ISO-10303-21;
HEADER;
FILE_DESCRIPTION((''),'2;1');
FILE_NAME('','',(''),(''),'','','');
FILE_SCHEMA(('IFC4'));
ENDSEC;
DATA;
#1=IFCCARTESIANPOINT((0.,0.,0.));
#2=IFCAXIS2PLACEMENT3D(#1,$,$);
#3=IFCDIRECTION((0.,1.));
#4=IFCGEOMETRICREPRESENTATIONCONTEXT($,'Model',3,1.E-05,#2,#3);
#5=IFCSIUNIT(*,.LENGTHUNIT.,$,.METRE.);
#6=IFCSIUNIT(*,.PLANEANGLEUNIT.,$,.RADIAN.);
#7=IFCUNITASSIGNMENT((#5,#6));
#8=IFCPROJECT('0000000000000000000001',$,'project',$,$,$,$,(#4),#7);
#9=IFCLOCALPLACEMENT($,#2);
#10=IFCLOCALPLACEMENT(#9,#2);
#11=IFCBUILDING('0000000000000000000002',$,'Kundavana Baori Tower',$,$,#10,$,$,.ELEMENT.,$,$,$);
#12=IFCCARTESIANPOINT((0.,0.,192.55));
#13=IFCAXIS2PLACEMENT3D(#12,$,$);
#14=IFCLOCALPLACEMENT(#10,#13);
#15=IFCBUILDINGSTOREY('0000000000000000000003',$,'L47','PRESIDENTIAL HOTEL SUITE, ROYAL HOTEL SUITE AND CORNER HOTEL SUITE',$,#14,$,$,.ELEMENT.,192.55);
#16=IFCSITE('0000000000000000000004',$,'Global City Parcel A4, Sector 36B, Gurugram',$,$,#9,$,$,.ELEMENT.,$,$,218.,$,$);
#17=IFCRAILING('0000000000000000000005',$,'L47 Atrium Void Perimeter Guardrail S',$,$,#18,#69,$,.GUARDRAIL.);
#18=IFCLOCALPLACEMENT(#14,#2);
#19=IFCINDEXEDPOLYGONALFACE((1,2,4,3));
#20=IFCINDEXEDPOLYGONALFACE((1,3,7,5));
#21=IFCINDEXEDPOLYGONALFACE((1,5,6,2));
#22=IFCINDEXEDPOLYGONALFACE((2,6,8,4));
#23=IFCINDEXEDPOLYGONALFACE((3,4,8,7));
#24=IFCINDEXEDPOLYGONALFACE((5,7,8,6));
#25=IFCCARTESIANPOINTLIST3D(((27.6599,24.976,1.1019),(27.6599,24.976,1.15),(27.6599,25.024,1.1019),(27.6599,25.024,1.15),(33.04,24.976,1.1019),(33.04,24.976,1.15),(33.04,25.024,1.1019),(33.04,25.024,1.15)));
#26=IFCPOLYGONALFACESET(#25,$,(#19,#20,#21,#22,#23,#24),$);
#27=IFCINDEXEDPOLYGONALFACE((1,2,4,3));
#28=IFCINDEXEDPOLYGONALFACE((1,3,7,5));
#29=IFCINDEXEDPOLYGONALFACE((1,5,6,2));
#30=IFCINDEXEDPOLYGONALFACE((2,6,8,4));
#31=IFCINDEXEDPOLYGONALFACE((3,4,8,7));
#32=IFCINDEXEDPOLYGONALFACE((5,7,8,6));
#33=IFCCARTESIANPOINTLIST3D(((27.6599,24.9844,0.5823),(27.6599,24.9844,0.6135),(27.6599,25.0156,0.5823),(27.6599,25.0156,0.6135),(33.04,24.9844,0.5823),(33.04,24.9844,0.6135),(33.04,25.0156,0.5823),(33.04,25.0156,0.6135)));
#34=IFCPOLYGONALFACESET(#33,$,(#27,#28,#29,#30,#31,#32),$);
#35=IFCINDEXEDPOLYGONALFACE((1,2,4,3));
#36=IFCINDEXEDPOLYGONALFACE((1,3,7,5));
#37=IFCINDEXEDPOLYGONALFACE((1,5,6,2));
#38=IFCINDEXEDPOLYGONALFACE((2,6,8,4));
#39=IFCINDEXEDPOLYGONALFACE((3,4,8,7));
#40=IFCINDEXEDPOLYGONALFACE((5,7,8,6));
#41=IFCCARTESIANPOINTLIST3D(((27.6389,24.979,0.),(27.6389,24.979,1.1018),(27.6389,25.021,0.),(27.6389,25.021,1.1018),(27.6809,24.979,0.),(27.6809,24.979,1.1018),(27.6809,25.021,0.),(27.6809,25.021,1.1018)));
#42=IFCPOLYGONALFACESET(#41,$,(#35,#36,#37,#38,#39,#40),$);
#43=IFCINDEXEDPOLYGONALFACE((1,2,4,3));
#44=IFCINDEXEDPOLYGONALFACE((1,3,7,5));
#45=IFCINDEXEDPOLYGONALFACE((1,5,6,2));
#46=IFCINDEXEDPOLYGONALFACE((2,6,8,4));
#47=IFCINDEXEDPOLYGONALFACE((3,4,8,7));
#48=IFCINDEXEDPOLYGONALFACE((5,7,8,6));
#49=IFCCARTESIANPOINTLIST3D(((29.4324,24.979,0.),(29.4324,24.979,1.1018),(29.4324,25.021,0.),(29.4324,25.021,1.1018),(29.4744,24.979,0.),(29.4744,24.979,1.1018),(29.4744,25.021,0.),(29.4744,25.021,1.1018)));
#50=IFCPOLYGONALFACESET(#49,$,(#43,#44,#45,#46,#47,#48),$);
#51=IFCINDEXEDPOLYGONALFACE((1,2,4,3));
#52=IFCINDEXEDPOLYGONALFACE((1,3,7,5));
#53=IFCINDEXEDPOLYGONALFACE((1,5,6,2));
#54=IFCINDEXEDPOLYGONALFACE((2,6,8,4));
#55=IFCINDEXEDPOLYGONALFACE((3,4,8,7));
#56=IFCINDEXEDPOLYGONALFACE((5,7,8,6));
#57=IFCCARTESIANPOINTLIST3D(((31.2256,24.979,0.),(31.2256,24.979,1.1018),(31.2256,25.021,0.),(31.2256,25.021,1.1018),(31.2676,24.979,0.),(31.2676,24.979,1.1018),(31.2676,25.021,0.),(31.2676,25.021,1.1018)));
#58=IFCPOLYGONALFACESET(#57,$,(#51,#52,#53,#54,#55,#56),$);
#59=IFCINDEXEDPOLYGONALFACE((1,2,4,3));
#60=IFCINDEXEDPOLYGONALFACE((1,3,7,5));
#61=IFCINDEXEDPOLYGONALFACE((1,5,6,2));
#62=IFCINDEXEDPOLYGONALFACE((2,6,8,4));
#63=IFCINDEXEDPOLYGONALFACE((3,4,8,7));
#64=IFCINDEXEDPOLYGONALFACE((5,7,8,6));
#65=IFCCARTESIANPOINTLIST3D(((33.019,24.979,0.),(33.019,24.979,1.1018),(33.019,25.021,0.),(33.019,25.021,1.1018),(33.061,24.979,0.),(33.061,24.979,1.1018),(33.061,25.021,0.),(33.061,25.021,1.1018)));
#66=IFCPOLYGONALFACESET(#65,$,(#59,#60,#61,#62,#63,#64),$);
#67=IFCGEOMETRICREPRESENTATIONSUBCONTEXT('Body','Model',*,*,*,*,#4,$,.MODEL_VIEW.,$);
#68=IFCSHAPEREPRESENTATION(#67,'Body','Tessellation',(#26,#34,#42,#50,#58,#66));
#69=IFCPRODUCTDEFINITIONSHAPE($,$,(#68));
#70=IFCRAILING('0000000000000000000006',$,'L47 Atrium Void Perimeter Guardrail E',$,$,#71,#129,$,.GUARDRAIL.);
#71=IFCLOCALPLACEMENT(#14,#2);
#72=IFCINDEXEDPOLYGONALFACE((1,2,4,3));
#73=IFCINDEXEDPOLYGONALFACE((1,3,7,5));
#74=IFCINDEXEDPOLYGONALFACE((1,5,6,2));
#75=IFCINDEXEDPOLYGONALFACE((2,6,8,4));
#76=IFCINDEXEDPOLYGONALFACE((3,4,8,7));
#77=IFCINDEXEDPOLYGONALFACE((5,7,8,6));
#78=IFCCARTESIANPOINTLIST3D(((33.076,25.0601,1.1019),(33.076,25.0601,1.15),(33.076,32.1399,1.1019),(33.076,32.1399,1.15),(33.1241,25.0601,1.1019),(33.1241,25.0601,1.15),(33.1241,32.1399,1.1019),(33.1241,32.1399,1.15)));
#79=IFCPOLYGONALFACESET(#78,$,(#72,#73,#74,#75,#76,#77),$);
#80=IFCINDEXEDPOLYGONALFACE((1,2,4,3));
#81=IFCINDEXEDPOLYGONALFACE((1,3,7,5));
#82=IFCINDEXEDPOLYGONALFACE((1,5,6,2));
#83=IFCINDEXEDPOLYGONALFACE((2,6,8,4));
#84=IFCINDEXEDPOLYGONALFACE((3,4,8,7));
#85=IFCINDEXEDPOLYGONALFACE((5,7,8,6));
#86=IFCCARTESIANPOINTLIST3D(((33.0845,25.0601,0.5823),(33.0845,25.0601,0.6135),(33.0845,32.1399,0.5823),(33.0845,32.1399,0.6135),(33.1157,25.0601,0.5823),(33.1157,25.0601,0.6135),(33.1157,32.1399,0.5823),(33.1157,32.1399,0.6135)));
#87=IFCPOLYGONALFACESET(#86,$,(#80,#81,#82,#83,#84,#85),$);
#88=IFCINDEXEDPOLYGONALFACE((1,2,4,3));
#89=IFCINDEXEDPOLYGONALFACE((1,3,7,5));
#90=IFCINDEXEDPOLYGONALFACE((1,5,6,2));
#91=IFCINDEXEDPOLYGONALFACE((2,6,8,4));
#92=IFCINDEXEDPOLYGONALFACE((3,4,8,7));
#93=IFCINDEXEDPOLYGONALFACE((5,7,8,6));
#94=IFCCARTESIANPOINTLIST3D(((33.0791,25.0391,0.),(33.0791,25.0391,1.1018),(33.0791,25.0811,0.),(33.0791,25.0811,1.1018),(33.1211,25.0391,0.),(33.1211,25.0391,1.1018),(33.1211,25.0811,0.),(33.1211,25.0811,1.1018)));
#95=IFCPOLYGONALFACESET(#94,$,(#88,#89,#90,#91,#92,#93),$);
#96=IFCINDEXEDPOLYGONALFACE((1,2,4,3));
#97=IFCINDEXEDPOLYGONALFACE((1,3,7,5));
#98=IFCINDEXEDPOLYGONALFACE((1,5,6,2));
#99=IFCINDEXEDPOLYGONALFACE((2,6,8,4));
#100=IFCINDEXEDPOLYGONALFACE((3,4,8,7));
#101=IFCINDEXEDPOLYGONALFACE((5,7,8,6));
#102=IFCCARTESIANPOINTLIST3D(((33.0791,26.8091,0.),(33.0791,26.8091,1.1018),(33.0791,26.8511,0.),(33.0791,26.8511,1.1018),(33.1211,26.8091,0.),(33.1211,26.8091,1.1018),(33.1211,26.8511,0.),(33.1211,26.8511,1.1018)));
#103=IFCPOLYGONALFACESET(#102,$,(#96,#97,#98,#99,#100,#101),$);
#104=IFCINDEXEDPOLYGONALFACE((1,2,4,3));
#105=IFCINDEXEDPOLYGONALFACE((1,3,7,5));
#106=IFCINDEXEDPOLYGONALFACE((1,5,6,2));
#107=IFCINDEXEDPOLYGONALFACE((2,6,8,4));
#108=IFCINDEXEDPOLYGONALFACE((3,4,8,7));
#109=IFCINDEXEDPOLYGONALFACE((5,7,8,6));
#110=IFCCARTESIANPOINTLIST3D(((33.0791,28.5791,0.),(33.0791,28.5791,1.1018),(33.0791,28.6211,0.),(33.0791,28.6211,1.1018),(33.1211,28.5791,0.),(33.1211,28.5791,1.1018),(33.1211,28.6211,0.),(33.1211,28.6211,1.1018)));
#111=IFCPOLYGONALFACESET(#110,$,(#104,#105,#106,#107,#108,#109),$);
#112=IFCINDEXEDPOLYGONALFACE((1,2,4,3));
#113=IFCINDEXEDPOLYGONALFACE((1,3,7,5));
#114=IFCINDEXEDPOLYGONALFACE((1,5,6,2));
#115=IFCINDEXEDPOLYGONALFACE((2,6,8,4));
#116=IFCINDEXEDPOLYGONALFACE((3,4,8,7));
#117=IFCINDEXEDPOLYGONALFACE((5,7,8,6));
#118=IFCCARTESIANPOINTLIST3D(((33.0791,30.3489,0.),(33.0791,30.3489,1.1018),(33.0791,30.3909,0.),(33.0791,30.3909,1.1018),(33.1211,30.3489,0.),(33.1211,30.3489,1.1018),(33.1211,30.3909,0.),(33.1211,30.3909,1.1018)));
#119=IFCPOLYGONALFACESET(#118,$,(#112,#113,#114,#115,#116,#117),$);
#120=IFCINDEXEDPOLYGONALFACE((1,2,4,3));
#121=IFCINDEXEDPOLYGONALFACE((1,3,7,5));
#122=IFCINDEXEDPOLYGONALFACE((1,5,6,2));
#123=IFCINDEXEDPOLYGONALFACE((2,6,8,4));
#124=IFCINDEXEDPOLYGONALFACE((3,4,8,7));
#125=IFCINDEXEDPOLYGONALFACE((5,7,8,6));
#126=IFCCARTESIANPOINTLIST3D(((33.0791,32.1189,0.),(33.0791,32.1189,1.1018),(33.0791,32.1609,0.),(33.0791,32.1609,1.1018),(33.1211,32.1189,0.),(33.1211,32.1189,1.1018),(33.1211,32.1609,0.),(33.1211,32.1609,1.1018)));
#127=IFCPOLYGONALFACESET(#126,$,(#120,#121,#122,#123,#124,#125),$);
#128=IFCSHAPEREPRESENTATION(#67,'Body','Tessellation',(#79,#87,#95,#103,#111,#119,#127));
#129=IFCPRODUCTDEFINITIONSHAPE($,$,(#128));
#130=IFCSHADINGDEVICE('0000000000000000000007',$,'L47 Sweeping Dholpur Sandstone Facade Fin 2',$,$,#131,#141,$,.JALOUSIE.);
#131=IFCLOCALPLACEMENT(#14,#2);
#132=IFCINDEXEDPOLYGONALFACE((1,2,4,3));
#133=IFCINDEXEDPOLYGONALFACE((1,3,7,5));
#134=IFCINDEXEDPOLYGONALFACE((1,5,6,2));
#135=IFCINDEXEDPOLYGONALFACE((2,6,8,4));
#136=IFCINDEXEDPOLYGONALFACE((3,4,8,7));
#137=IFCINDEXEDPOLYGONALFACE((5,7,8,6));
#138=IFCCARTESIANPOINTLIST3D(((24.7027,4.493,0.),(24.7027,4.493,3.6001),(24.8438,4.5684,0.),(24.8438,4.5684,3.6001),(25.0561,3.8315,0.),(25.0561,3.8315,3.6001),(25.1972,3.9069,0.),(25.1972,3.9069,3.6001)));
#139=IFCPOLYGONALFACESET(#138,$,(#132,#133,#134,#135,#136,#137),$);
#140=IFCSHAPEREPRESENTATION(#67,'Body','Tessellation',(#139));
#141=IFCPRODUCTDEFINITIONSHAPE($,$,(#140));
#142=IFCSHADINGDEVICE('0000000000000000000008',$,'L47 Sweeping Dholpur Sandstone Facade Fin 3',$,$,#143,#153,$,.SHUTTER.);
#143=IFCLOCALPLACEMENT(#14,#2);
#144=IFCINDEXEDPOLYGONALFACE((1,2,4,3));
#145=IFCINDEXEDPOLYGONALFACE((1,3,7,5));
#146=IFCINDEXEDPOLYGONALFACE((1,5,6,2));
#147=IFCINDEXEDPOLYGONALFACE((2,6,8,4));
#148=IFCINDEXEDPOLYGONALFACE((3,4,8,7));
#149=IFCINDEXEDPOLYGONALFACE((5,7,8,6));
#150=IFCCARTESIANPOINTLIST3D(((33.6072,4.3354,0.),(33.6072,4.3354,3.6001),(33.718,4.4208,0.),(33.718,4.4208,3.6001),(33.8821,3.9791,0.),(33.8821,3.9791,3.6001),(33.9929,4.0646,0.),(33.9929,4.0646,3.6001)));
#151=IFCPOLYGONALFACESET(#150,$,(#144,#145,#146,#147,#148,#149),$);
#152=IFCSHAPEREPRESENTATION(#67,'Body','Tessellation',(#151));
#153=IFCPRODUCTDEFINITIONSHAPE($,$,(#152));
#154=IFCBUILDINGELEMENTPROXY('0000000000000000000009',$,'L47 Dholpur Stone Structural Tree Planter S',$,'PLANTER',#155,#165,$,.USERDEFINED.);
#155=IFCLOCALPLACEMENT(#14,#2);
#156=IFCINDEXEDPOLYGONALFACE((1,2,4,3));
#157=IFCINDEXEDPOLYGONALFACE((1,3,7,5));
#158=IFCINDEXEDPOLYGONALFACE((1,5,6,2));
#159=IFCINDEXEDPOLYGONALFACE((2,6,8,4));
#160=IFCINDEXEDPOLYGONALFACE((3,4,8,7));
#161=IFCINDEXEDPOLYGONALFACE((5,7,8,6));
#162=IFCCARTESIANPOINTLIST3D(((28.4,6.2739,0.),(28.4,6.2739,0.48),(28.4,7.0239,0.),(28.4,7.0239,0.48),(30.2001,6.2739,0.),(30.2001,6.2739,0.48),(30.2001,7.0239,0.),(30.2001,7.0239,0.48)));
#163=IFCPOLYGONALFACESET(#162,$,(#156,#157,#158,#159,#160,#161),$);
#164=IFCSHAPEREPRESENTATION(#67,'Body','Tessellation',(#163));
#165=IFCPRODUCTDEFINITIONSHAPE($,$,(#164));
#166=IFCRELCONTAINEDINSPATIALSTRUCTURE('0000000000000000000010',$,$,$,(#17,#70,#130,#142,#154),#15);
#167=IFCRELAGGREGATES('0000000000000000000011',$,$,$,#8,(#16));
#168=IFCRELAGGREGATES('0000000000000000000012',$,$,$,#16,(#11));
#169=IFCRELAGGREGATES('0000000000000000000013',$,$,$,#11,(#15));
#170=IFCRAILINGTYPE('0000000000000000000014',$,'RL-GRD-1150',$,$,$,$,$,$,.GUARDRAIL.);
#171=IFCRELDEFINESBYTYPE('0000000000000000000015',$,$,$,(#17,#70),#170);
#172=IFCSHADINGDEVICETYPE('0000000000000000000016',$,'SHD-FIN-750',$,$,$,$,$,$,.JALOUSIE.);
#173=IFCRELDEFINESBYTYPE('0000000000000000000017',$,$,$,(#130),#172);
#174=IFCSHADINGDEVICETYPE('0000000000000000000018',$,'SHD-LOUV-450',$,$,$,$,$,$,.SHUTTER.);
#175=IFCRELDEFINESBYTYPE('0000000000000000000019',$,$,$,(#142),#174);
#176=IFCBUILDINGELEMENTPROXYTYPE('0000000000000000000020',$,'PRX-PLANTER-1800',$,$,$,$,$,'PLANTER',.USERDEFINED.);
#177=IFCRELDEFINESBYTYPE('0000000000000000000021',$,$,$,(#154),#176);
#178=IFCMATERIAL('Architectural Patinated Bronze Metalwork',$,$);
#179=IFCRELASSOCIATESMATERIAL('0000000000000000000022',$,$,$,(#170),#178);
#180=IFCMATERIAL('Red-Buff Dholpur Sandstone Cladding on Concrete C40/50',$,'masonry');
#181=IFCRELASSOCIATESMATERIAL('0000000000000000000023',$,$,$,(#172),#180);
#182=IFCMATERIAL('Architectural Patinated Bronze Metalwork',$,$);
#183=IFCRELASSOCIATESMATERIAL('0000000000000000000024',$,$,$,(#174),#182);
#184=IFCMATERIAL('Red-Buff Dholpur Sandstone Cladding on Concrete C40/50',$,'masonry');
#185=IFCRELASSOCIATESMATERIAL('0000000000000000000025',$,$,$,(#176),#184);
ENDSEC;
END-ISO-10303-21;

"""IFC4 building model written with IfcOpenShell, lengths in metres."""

from ifc_helpers import new_model, si_unit, direction, frame, origin, origin_2d, place, context, subcontext, project, spatial, rectangle, extrude, material, type_object, element, save


model = new_model("IFC4")

# Units and contexts
model_context = context("Model", 3, precision=1e-05, world=origin(), true_north=direction((0.0, 1.0)))
body_context = subcontext(model_context, "Body", "Model", "MODEL_VIEW")
ifc_project = project(units=[si_unit("LENGTHUNIT", "METRE"), si_unit("PLANEANGLEUNIT", "RADIAN")], contexts=[model_context])

# Site, building, storey
site_placement = place(None, origin())
site = spatial("IfcSite", under=ifc_project, at=site_placement, Name="Global City Parcel A4, Sector 36B, Gurugram", CompositionType="ELEMENT", RefElevation=218.0)
building_placement = place(site_placement, origin())
building = spatial("IfcBuilding", under=site, at=building_placement, Name="Kundavana Baori Tower", CompositionType="ELEMENT")
storey_placement = place(building_placement, frame((0.0, 0.0, 192.55)))
storey = spatial("IfcBuildingStorey", under=building, at=storey_placement, Name="L47", Description="PRESIDENTIAL HOTEL SUITE, ROYAL HOTEL SUITE AND CORNER HOTEL SUITE", CompositionType="ELEMENT", Elevation=192.55)

# Railings
ifc_material_1 = material(Name="Architectural Patinated Bronze Metalwork")
railing_type = type_object("IfcRailingType", Name="RL-GRD-1150", PredefinedType="GUARDRAIL", material=ifc_material_1)
railing_1_placement = place(storey_placement, frame((27.6599, 25.0, 0.0)))
element("IfcRailing", 1, at=railing_1_placement, inside=storey, type_object=railing_type, Name="L47 Atrium Void Perimeter Guardrail S", PredefinedType="GUARDRAIL", context=body_context, shape_type="SweptSolid", body=[
    extrude(rectangle(XDim=0.0481, YDim=0.0481, at=origin_2d()), frame((0.0, 0.0, 1.126), z_axis=(1.0, 0.0, 0.0), x_axis=(0.0, 1.0, 0.0)), (0.0, 0.0, 1.0), 5.3801),
    extrude(rectangle(XDim=0.0312, YDim=0.0312, at=origin_2d()), frame((0.0, 0.0, 0.5979), z_axis=(1.0, 0.0, 0.0), x_axis=(0.0, 1.0, 0.0)), (0.0, 0.0, 1.0), 5.3801),
    extrude(rectangle(XDim=0.042, YDim=0.042, at=origin_2d()), origin(), (0.0, 0.0, 1.0), 1.1018),
    extrude(rectangle(XDim=0.042, YDim=0.042, at=origin_2d()), frame((1.7935, 0.0, 0.0)), (0.0, 0.0, 1.0), 1.1018),
    extrude(rectangle(XDim=0.042, YDim=0.042, at=origin_2d()), frame((3.5867, 0.0, 0.0)), (0.0, 0.0, 1.0), 1.1018),
    extrude(rectangle(XDim=0.042, YDim=0.042, at=origin_2d()), frame((5.3801, 0.0, 0.0)), (0.0, 0.0, 1.0), 1.1018),
])
railing_2_placement = place(storey_placement, frame((33.1001, 25.0601, 0.0)))
element("IfcRailing", 2, at=railing_2_placement, inside=storey, type_object=railing_type, Name="L47 Atrium Void Perimeter Guardrail E", PredefinedType="GUARDRAIL", context=body_context, shape_type="SweptSolid", body=[
    extrude(rectangle(XDim=0.0481, YDim=0.0481, at=origin_2d()), frame((0.0, 0.0, 1.126), z_axis=(0.0, 1.0, 0.0), x_axis=(-1.0, 0.0, 0.0)), (0.0, 0.0, 1.0), 7.0798),
    extrude(rectangle(XDim=0.0312, YDim=0.0312, at=origin_2d()), frame((0.0, 0.0, 0.5979), z_axis=(0.0, 1.0, 0.0), x_axis=(-1.0, 0.0, 0.0)), (0.0, 0.0, 1.0), 7.0798),
    extrude(rectangle(XDim=0.042, YDim=0.042, at=origin_2d()), origin(), (0.0, 0.0, 1.0), 1.1018),
    extrude(rectangle(XDim=0.042, YDim=0.042, at=origin_2d()), frame((0.0, 1.77, 0.0)), (0.0, 0.0, 1.0), 1.1018),
    extrude(rectangle(XDim=0.042, YDim=0.042, at=origin_2d()), frame((0.0, 3.54, 0.0)), (0.0, 0.0, 1.0), 1.1018),
    extrude(rectangle(XDim=0.042, YDim=0.042, at=origin_2d()), frame((0.0, 5.3098, 0.0)), (0.0, 0.0, 1.0), 1.1018),
    extrude(rectangle(XDim=0.042, YDim=0.042, at=origin_2d()), frame((0.0, 7.0798, 0.0)), (0.0, 0.0, 1.0), 1.1018),
])

# Shading devices
ifc_material_2 = material(Name="Red-Buff Dholpur Sandstone Cladding on Concrete C40/50", Category="masonry")
shading_device_type_1 = type_object("IfcShadingDeviceType", Name="SHD-FIN-750", PredefinedType="JALOUSIE", material=ifc_material_2)
shading_device_1_placement = place(storey_placement, frame((24.95, 4.2, 0.0), z_axis=(0.0, 0.0, 1.0), x_axis=(0.882045, 0.471166, 0.0)))
element("IfcShadingDevice", 3, at=shading_device_1_placement, inside=storey, type_object=shading_device_type_1, Name="L47 Sweeping Dholpur Sandstone Facade Fin 2", PredefinedType="JALOUSIE", context=body_context, shape_type="SweptSolid", body=[
    extrude(rectangle(XDim=0.1599, YDim=0.75, at=origin_2d()), origin(), (0.0, 0.0, 1.0), 3.6001),
])
ifc_material_3 = material(Name="Architectural Patinated Bronze Metalwork")
shading_device_type_2 = type_object("IfcShadingDeviceType", Name="SHD-LOUV-450", PredefinedType="SHUTTER", material=ifc_material_3)
shading_device_2_placement = place(storey_placement, frame((33.8, 4.2, 0.0), z_axis=(0.0, 0.0, 1.0), x_axis=(0.791757, 0.610836, 0.0)))
element("IfcShadingDevice", 4, at=shading_device_2_placement, inside=storey, type_object=shading_device_type_2, Name="L47 Sweeping Dholpur Sandstone Facade Fin 3", PredefinedType="SHUTTER", context=body_context, shape_type="SweptSolid", body=[
    extrude(rectangle(XDim=0.1399, YDim=0.45, at=origin_2d()), origin(), (0.0, 0.0, 1.0), 3.6001),
])

# Building element proxy
ifc_material_4 = material(Name="Red-Buff Dholpur Sandstone Cladding on Concrete C40/50", Category="masonry")
building_element_proxy_type = type_object("IfcBuildingElementProxyType", Name="PRX-PLANTER-1800", ElementType="PLANTER", PredefinedType="USERDEFINED", material=ifc_material_4)
proxy_placement = place(storey_placement, frame((29.3, 6.6489, 0.0), z_axis=(0.0, 0.0, 1.0), x_axis=(1.0, 0.0, 0.0)))
element("IfcBuildingElementProxy", 5, at=proxy_placement, inside=storey, type_object=building_element_proxy_type, Name="L47 Dholpur Stone Structural Tree Planter S", ObjectType="PLANTER", PredefinedType="USERDEFINED", context=body_context, shape_type="SweptSolid", body=[
    extrude(rectangle(XDim=1.8, YDim=0.75, at=origin_2d()), origin(), (0.0, 0.0, 1.0), 0.48),
])

save(model, "model.ifc")
